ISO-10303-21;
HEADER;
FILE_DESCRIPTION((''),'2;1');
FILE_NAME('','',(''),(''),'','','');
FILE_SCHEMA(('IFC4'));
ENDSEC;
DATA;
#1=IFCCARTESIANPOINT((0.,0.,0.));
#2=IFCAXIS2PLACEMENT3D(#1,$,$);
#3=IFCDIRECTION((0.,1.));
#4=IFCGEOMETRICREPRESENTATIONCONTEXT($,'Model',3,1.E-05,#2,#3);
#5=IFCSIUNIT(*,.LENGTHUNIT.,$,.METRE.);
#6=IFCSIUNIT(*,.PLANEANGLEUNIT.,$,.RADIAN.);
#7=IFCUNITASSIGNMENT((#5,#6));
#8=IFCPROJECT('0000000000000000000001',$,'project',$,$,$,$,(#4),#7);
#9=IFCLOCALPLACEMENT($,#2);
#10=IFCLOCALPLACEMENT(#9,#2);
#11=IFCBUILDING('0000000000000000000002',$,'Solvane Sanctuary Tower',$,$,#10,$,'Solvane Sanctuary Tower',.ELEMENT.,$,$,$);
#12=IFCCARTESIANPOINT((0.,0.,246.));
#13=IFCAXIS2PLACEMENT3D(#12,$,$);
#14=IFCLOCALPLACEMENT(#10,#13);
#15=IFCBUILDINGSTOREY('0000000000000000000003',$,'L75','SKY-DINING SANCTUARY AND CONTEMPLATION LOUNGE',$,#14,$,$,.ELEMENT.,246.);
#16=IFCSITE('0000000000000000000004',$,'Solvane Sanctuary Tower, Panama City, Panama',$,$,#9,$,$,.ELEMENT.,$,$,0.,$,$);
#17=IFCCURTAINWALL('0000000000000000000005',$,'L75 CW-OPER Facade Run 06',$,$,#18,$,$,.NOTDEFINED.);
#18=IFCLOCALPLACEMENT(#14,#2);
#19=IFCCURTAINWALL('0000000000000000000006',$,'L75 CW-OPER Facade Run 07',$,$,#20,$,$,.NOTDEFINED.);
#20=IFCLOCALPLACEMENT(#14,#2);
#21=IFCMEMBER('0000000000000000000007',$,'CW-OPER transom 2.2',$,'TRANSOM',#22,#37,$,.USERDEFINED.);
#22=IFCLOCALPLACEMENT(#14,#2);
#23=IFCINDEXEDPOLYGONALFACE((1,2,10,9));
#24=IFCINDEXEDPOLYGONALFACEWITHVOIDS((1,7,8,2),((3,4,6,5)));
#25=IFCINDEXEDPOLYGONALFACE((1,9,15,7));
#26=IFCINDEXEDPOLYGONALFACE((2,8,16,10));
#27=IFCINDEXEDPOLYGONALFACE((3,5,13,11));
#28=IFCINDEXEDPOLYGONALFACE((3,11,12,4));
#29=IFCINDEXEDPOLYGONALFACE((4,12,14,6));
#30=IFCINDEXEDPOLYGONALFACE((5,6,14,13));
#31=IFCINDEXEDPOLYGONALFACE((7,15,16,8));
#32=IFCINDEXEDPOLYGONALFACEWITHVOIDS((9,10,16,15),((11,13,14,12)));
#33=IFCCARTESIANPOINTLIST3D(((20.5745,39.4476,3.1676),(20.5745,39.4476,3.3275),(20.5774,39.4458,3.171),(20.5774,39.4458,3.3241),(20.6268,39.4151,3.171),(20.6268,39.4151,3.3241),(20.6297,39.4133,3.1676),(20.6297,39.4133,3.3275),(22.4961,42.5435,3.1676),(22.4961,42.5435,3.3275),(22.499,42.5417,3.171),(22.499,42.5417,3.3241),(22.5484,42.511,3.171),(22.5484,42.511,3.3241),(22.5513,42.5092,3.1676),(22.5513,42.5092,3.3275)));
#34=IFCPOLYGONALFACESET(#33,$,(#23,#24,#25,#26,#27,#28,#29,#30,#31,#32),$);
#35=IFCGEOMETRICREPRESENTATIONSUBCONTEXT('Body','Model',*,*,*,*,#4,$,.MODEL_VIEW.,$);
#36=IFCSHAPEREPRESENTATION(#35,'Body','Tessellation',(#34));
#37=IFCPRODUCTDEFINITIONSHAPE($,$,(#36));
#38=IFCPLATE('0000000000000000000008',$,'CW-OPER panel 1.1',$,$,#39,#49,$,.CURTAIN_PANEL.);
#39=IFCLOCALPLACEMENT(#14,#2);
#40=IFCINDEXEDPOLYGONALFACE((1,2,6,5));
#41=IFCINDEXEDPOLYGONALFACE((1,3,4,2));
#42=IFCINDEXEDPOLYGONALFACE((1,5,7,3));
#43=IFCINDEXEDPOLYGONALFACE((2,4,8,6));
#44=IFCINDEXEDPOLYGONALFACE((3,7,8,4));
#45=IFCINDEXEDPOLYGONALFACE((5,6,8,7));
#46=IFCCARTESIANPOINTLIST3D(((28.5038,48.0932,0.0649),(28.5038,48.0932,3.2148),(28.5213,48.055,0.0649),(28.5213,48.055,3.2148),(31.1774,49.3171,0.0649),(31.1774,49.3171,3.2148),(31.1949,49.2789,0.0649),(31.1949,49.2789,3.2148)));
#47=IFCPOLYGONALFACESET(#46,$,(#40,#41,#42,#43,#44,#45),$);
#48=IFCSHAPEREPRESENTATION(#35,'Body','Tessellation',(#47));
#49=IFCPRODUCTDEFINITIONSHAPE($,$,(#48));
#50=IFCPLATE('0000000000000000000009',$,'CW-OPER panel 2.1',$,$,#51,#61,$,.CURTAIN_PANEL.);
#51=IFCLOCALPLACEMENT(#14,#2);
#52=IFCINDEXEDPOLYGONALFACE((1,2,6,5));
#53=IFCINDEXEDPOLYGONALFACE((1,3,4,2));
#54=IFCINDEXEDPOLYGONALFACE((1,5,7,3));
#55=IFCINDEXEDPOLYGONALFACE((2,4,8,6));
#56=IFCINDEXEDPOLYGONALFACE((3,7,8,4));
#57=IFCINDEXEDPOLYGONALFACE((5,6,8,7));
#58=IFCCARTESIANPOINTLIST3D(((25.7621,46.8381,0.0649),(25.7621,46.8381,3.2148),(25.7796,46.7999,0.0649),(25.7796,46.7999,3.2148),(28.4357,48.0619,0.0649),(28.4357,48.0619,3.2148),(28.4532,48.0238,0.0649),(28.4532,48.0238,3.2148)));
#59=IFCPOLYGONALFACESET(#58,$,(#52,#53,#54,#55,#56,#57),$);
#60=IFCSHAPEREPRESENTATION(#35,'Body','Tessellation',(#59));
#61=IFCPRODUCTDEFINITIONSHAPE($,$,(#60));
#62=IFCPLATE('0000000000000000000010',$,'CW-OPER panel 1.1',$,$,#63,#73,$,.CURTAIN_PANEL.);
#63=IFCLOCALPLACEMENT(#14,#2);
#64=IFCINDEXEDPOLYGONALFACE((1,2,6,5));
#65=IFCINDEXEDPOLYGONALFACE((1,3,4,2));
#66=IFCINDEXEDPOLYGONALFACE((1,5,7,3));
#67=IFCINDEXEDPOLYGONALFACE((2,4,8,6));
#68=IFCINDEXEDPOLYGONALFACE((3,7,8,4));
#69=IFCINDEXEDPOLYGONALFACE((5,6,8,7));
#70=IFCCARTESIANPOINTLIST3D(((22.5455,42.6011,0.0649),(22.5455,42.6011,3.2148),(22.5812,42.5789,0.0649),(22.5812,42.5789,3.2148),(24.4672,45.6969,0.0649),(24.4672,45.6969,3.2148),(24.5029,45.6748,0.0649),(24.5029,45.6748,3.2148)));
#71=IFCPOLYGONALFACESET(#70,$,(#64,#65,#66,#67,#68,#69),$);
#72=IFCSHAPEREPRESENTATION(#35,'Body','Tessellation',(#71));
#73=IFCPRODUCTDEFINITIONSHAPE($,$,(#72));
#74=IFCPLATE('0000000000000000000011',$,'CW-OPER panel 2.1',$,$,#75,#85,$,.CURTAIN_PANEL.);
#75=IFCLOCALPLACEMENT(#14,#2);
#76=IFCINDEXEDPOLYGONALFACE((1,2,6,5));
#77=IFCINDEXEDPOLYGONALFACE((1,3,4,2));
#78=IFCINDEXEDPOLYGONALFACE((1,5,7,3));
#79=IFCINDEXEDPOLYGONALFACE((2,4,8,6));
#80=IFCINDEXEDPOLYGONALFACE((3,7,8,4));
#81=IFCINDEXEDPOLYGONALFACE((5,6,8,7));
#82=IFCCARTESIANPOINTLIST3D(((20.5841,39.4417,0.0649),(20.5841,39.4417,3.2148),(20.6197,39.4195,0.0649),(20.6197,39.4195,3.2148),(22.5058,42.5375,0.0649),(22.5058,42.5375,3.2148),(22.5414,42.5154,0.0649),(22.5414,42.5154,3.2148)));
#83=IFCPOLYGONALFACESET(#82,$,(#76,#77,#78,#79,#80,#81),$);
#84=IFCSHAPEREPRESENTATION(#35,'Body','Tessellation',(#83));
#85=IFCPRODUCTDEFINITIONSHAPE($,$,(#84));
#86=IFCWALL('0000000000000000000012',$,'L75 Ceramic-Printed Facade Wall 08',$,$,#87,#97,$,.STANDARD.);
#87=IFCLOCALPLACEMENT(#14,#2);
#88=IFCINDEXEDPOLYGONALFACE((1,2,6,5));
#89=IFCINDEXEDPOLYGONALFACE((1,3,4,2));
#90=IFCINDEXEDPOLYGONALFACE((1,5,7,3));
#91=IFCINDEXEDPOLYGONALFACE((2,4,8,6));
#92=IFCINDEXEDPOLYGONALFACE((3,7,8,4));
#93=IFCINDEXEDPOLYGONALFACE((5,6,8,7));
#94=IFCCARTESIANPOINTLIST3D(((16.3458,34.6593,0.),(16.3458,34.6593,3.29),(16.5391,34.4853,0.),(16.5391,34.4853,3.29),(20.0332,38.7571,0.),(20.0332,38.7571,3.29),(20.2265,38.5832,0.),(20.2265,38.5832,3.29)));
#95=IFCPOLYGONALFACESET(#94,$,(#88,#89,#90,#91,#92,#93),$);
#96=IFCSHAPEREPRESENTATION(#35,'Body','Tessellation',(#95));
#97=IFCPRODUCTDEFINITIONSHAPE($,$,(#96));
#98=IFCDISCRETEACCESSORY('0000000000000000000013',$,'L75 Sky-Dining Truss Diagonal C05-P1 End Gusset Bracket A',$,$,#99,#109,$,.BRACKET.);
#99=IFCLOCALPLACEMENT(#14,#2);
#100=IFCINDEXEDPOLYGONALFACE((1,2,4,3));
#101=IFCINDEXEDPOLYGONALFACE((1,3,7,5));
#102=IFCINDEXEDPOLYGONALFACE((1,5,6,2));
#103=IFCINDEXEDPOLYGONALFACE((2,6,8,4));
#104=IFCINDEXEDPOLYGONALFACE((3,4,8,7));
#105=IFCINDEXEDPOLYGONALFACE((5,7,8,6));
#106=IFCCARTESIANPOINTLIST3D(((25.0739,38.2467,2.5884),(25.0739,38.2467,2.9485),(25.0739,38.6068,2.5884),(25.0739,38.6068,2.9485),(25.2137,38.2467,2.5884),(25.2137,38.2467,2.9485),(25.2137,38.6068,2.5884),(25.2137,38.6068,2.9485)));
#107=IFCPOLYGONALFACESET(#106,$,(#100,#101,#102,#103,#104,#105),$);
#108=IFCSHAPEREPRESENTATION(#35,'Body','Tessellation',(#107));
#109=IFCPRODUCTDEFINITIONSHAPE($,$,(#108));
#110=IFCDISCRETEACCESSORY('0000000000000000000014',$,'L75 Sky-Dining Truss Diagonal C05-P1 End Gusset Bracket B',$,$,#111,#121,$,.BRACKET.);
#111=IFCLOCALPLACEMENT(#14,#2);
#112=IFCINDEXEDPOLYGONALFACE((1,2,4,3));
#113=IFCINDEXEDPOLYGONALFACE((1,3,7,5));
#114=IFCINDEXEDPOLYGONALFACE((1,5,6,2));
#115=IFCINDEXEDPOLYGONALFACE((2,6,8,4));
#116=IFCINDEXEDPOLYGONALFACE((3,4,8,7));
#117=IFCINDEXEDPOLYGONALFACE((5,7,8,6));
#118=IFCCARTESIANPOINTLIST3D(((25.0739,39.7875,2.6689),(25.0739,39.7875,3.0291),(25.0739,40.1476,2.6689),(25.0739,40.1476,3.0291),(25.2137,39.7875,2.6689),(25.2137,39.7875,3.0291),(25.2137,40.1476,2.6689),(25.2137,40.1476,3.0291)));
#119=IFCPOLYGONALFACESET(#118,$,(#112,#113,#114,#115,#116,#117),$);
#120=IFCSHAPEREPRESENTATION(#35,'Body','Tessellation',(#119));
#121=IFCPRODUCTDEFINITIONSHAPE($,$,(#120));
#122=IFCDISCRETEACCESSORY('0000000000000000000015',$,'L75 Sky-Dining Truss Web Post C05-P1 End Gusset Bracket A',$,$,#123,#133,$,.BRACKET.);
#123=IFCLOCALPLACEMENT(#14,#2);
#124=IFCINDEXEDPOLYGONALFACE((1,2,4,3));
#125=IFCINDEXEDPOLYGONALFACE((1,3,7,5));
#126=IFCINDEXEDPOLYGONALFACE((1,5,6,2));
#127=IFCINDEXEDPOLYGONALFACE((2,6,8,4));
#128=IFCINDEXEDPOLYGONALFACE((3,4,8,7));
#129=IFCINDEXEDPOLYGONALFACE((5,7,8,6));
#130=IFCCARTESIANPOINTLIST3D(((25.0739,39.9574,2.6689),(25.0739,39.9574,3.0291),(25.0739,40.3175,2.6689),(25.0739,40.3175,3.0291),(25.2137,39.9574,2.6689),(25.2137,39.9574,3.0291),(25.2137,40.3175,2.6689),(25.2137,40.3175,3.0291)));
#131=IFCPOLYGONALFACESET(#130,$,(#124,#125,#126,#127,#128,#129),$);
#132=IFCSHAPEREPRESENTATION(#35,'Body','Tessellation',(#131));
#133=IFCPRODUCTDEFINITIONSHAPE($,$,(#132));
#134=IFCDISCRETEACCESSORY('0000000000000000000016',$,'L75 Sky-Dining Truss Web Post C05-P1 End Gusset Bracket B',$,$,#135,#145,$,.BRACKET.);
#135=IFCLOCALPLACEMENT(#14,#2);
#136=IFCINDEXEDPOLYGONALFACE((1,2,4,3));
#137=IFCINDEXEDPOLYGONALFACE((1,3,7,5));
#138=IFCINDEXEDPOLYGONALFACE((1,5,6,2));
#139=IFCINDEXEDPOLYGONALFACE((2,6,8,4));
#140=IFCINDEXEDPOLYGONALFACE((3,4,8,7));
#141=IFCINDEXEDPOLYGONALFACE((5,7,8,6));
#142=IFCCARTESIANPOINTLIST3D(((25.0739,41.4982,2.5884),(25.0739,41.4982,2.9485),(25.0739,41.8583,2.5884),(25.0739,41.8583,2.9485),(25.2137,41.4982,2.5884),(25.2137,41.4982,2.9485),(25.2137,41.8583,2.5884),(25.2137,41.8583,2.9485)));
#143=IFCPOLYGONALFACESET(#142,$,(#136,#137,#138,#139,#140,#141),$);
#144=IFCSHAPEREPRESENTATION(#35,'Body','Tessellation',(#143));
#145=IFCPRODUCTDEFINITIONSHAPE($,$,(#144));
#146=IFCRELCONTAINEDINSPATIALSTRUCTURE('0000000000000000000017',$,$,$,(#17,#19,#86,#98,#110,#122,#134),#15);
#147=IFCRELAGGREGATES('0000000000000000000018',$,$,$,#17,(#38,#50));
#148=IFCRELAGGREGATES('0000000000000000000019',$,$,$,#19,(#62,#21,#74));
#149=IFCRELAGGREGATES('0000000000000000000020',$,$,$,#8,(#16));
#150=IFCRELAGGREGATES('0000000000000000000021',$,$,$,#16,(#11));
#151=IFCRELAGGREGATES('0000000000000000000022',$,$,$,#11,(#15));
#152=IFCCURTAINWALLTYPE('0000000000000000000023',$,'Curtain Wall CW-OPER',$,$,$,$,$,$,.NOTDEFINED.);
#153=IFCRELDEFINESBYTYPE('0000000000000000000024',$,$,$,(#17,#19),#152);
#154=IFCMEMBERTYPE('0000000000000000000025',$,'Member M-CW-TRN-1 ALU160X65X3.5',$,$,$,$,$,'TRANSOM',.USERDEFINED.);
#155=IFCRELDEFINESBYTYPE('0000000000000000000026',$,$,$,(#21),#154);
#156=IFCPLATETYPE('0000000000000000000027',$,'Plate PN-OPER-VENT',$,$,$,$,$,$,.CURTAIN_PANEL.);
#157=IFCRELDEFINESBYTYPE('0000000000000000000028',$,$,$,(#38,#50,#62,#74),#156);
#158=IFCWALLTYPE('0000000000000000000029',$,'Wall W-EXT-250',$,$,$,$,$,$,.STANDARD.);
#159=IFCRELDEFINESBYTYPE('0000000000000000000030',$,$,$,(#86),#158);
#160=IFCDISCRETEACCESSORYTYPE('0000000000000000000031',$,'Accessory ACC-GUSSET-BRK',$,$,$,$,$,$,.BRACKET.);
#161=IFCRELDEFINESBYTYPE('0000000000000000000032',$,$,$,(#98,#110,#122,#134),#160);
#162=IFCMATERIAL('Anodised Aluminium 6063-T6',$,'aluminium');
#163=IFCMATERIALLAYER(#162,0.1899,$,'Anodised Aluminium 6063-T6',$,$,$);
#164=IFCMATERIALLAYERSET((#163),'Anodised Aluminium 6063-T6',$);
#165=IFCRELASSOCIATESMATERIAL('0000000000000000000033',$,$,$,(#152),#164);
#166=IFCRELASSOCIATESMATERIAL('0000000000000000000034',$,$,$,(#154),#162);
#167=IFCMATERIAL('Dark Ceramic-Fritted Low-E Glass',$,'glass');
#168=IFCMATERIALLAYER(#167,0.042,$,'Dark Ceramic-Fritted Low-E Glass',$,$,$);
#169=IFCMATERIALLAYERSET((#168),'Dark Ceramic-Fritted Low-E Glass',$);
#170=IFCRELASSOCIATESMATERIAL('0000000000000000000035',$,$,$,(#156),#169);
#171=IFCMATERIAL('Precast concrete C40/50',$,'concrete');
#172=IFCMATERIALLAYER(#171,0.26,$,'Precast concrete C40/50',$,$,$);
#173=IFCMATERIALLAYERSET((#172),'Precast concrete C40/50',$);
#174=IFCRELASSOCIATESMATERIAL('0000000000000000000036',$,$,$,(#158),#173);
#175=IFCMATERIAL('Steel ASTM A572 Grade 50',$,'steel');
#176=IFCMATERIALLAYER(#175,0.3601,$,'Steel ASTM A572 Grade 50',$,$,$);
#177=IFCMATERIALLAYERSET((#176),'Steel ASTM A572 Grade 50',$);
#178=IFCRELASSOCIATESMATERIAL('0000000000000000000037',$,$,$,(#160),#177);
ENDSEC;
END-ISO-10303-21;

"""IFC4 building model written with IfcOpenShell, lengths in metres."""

from ifc_helpers import new_model, si_unit, direction, frame, frame_2d, origin, origin_2d, place, context, subcontext, project, spatial, rectangle, hollow_rectangle, extrude, material, layer, layer_set, material_profile, profile_set, type_object, element, aggregate, save


model = new_model("IFC4")

# Units and contexts
model_context = context("Model", 3, precision=1e-05, world=origin(), true_north=direction((0.0, 1.0)))
body_context = subcontext(model_context, "Body", "Model", "MODEL_VIEW")
ifc_project = project(units=[si_unit("LENGTHUNIT", "METRE"), si_unit("PLANEANGLEUNIT", "RADIAN")], contexts=[model_context])

# Site, building, storey
site_placement = place(None, origin())
site = spatial("IfcSite", under=ifc_project, at=site_placement, Name="Solvane Sanctuary Tower, Panama City, Panama", CompositionType="ELEMENT", RefElevation=0.0)
building_placement = place(site_placement, origin())
building = spatial("IfcBuilding", under=site, at=building_placement, Name="Solvane Sanctuary Tower", LongName="Solvane Sanctuary Tower", CompositionType="ELEMENT")
storey_placement = place(building_placement, frame((0.0, 0.0, 246.0)))
storey = spatial("IfcBuildingStorey", under=building, at=storey_placement, Name="L75", Description="SKY-DINING SANCTUARY AND CONTEMPLATION LOUNGE", CompositionType="ELEMENT", Elevation=246.0)

# Curtain walls
ifc_material_1 = material(Name="Anodised Aluminium 6063-T6", Category="aluminium")
ifc_layer_1 = layer(ifc_material_1, 0.1899, Name="Anodised Aluminium 6063-T6")
ifc_layer_set_1 = layer_set([ifc_layer_1], Name="Anodised Aluminium 6063-T6")
curtain_wall_type = type_object("IfcCurtainWallType", Name="Curtain Wall CW-OPER", PredefinedType="NOTDEFINED", material=ifc_layer_set_1)
curtain_wall_1_placement = place(storey_placement, origin())
curtain_wall_1 = element("IfcCurtainWall", 1, at=curtain_wall_1_placement, inside=storey, type_object=curtain_wall_type, Name="L75 CW-OPER Facade Run 06", PredefinedType="NOTDEFINED")
curtain_wall_2_placement = place(storey_placement, origin())
curtain_wall_2 = element("IfcCurtainWall", 2, at=curtain_wall_2_placement, inside=storey, type_object=curtain_wall_type, Name="L75 CW-OPER Facade Run 07", PredefinedType="NOTDEFINED")

# Member
ifc_material_profile_1 = material_profile(ifc_material_1, hollow_rectangle(XDim=0.0649, YDim=0.1599, WallThickness=0.0034, at=origin_2d()), Name="ALU160X65X3.5")
ifc_profile_set_1 = profile_set([ifc_material_profile_1], Name="Anodised Aluminium 6063-T6")
member_type_1 = type_object("IfcMemberType", Name="Member M-CW-TRN-1 ALU160X65X3.5", ElementType="TRANSOM", PredefinedType="USERDEFINED", material=ifc_profile_set_1)
member_1_placement = place(storey_placement, frame((22.5237, 42.5264, 3.2476), z_axis=(-0.527365, -0.849639, 0.0), x_axis=(0.849639, -0.527365, 0.0)))
member_1 = element("IfcMember", 3, at=member_1_placement, type_object=member_type_1, Name="CW-OPER transom 2.2", ObjectType="TRANSOM", PredefinedType="USERDEFINED", context=body_context, shape_type="SweptSolid", body=[
    extrude(hollow_rectangle(XDim=0.0649, YDim=0.1599, WallThickness=0.0034, at=origin_2d()), origin(), (0.0, 0.0, 1.0), 3.6438),
])

# Plates
ifc_material_2 = material(Name="Dark Ceramic-Fritted Low-E Glass", Category="glass")
ifc_layer_2 = layer(ifc_material_2, 0.042, Name="Dark Ceramic-Fritted Low-E Glass")
ifc_layer_set_2 = layer_set([ifc_layer_2], Name="Dark Ceramic-Fritted Low-E Glass")
plate_type = type_object("IfcPlateType", Name="Plate PN-OPER-VENT", PredefinedType="CURTAIN_PANEL", material=ifc_layer_set_2)
plate_1_placement = place(storey_placement, frame((29.8494, 48.686, 0.0649), z_axis=(0.0, 0.0, 1.0), x_axis=(-0.909262, -0.416225, 0.0)))
plate_1 = element("IfcPlate", 4, at=plate_1_placement, type_object=plate_type, Name="CW-OPER panel 1.1", PredefinedType="CURTAIN_PANEL", context=body_context, shape_type="SweptSolid", body=[
    extrude(rectangle(XDim=2.9404, YDim=0.042, at=origin_2d()), origin(), (0.0, 0.0, 1.0), 3.1499),
])
plate_2_placement = place(storey_placement, frame((27.1077, 47.4309, 0.0649), z_axis=(0.0, 0.0, 1.0), x_axis=(-0.909262, -0.416225, 0.0)))
plate_2 = element("IfcPlate", 5, at=plate_2_placement, type_object=plate_type, Name="CW-OPER panel 2.1", PredefinedType="CURTAIN_PANEL", context=body_context, shape_type="SweptSolid", body=[
    extrude(rectangle(XDim=2.9404, YDim=0.042, at=origin_2d()), origin(), (0.0, 0.0, 1.0), 3.1499),
])
aggregate(curtain_wall_1, [plate_1, plate_2])
plate_3_placement = place(storey_placement, frame((23.5242, 44.1379, 0.0649), z_axis=(0.0, 0.0, 1.0), x_axis=(-0.527392, -0.849622, 0.0)))
plate_3 = element("IfcPlate", 6, at=plate_3_placement, type_object=plate_type, Name="CW-OPER panel 1.1", PredefinedType="CURTAIN_PANEL", context=body_context, shape_type="SweptSolid", body=[
    extrude(rectangle(XDim=3.6438, YDim=0.042, at=origin_2d()), origin(), (0.0, 0.0, 1.0), 3.1499),
])
plate_4_placement = place(storey_placement, frame((21.5627, 40.9785, 0.0649), z_axis=(0.0, 0.0, 1.0), x_axis=(-0.527392, -0.849622, 0.0)))
plate_4 = element("IfcPlate", 7, at=plate_4_placement, type_object=plate_type, Name="CW-OPER panel 2.1", PredefinedType="CURTAIN_PANEL", context=body_context, shape_type="SweptSolid", body=[
    extrude(rectangle(XDim=3.6438, YDim=0.042, at=origin_2d()), origin(), (0.0, 0.0, 1.0), 3.1499),
])
aggregate(curtain_wall_2, [plate_3, member_1, plate_4])

# Wall
ifc_material_3 = material(Name="Precast concrete C40/50", Category="concrete")
ifc_layer_3 = layer(ifc_material_3, 0.26, Name="Precast concrete C40/50")
ifc_layer_set_3 = layer_set([ifc_layer_3], Name="Precast concrete C40/50")
wall_type = type_object("IfcWallType", Name="Wall W-EXT-250", PredefinedType="STANDARD", material=ifc_layer_set_3)
wall_placement = place(storey_placement, frame((20.1299, 38.6702, 0.0), z_axis=(0.0, 0.0, 1.0), x_axis=(-0.668904, -0.743349, 0.0)))
element("IfcWall", 8, at=wall_placement, inside=storey, type_object=wall_type, Name="L75 Ceramic-Printed Facade Wall 08", PredefinedType="STANDARD", context=body_context, shape_type="SweptSolid", body=[
    extrude(rectangle(XDim=5.5127, YDim=0.26, at=frame_2d((2.7563, 0.0))), origin(), (0.0, 0.0, 1.0), 3.29),
])

# Discrete accessories
ifc_material_4 = material(Name="Steel ASTM A572 Grade 50", Category="steel")
ifc_layer_4 = layer(ifc_material_4, 0.3601, Name="Steel ASTM A572 Grade 50")
ifc_layer_set_4 = layer_set([ifc_layer_4], Name="Steel ASTM A572 Grade 50")
discrete_accessory_type = type_object("IfcDiscreteAccessoryType", Name="Accessory ACC-GUSSET-BRK", PredefinedType="BRACKET", material=ifc_layer_set_4)
for number, where, z_axis, x_axis, name in (
    (9, (25.1438, 38.4268, 2.5884), (0.0, 0.0, 1.0), (0.0, 1.0, 0.0), "L75 Sky-Dining Truss Diagonal C05-P1 End Gusset Bracket A"),
    (10, (25.1438, 39.9675, 2.6689), (0.0, 0.0, 1.0), (0.0, 1.0, 0.0), "L75 Sky-Dining Truss Diagonal C05-P1 End Gusset Bracket B"),
    (11, (25.1438, 40.1375, 2.6689), (0.0, 0.0, 1.0), (0.0, 1.0, 0.0), "L75 Sky-Dining Truss Web Post C05-P1 End Gusset Bracket A"),
    (12, (25.1438, 41.6782, 2.5884), (0.0, 0.0, 1.0), (0.0, 1.0, 0.0), "L75 Sky-Dining Truss Web Post C05-P1 End Gusset Bracket B"),
):
    element("IfcDiscreteAccessory", number, at=place(storey_placement, frame(where, z_axis=z_axis, x_axis=x_axis)), inside=storey, type_object=discrete_accessory_type, Name=name, PredefinedType="BRACKET", context=body_context, shape_type="SweptSolid", body=[
        extrude(rectangle(XDim=0.3601, YDim=0.1399, at=origin_2d()), origin(), (0.0, 0.0, 1.0), 0.3601),
    ])

save(model, "model.ifc")
